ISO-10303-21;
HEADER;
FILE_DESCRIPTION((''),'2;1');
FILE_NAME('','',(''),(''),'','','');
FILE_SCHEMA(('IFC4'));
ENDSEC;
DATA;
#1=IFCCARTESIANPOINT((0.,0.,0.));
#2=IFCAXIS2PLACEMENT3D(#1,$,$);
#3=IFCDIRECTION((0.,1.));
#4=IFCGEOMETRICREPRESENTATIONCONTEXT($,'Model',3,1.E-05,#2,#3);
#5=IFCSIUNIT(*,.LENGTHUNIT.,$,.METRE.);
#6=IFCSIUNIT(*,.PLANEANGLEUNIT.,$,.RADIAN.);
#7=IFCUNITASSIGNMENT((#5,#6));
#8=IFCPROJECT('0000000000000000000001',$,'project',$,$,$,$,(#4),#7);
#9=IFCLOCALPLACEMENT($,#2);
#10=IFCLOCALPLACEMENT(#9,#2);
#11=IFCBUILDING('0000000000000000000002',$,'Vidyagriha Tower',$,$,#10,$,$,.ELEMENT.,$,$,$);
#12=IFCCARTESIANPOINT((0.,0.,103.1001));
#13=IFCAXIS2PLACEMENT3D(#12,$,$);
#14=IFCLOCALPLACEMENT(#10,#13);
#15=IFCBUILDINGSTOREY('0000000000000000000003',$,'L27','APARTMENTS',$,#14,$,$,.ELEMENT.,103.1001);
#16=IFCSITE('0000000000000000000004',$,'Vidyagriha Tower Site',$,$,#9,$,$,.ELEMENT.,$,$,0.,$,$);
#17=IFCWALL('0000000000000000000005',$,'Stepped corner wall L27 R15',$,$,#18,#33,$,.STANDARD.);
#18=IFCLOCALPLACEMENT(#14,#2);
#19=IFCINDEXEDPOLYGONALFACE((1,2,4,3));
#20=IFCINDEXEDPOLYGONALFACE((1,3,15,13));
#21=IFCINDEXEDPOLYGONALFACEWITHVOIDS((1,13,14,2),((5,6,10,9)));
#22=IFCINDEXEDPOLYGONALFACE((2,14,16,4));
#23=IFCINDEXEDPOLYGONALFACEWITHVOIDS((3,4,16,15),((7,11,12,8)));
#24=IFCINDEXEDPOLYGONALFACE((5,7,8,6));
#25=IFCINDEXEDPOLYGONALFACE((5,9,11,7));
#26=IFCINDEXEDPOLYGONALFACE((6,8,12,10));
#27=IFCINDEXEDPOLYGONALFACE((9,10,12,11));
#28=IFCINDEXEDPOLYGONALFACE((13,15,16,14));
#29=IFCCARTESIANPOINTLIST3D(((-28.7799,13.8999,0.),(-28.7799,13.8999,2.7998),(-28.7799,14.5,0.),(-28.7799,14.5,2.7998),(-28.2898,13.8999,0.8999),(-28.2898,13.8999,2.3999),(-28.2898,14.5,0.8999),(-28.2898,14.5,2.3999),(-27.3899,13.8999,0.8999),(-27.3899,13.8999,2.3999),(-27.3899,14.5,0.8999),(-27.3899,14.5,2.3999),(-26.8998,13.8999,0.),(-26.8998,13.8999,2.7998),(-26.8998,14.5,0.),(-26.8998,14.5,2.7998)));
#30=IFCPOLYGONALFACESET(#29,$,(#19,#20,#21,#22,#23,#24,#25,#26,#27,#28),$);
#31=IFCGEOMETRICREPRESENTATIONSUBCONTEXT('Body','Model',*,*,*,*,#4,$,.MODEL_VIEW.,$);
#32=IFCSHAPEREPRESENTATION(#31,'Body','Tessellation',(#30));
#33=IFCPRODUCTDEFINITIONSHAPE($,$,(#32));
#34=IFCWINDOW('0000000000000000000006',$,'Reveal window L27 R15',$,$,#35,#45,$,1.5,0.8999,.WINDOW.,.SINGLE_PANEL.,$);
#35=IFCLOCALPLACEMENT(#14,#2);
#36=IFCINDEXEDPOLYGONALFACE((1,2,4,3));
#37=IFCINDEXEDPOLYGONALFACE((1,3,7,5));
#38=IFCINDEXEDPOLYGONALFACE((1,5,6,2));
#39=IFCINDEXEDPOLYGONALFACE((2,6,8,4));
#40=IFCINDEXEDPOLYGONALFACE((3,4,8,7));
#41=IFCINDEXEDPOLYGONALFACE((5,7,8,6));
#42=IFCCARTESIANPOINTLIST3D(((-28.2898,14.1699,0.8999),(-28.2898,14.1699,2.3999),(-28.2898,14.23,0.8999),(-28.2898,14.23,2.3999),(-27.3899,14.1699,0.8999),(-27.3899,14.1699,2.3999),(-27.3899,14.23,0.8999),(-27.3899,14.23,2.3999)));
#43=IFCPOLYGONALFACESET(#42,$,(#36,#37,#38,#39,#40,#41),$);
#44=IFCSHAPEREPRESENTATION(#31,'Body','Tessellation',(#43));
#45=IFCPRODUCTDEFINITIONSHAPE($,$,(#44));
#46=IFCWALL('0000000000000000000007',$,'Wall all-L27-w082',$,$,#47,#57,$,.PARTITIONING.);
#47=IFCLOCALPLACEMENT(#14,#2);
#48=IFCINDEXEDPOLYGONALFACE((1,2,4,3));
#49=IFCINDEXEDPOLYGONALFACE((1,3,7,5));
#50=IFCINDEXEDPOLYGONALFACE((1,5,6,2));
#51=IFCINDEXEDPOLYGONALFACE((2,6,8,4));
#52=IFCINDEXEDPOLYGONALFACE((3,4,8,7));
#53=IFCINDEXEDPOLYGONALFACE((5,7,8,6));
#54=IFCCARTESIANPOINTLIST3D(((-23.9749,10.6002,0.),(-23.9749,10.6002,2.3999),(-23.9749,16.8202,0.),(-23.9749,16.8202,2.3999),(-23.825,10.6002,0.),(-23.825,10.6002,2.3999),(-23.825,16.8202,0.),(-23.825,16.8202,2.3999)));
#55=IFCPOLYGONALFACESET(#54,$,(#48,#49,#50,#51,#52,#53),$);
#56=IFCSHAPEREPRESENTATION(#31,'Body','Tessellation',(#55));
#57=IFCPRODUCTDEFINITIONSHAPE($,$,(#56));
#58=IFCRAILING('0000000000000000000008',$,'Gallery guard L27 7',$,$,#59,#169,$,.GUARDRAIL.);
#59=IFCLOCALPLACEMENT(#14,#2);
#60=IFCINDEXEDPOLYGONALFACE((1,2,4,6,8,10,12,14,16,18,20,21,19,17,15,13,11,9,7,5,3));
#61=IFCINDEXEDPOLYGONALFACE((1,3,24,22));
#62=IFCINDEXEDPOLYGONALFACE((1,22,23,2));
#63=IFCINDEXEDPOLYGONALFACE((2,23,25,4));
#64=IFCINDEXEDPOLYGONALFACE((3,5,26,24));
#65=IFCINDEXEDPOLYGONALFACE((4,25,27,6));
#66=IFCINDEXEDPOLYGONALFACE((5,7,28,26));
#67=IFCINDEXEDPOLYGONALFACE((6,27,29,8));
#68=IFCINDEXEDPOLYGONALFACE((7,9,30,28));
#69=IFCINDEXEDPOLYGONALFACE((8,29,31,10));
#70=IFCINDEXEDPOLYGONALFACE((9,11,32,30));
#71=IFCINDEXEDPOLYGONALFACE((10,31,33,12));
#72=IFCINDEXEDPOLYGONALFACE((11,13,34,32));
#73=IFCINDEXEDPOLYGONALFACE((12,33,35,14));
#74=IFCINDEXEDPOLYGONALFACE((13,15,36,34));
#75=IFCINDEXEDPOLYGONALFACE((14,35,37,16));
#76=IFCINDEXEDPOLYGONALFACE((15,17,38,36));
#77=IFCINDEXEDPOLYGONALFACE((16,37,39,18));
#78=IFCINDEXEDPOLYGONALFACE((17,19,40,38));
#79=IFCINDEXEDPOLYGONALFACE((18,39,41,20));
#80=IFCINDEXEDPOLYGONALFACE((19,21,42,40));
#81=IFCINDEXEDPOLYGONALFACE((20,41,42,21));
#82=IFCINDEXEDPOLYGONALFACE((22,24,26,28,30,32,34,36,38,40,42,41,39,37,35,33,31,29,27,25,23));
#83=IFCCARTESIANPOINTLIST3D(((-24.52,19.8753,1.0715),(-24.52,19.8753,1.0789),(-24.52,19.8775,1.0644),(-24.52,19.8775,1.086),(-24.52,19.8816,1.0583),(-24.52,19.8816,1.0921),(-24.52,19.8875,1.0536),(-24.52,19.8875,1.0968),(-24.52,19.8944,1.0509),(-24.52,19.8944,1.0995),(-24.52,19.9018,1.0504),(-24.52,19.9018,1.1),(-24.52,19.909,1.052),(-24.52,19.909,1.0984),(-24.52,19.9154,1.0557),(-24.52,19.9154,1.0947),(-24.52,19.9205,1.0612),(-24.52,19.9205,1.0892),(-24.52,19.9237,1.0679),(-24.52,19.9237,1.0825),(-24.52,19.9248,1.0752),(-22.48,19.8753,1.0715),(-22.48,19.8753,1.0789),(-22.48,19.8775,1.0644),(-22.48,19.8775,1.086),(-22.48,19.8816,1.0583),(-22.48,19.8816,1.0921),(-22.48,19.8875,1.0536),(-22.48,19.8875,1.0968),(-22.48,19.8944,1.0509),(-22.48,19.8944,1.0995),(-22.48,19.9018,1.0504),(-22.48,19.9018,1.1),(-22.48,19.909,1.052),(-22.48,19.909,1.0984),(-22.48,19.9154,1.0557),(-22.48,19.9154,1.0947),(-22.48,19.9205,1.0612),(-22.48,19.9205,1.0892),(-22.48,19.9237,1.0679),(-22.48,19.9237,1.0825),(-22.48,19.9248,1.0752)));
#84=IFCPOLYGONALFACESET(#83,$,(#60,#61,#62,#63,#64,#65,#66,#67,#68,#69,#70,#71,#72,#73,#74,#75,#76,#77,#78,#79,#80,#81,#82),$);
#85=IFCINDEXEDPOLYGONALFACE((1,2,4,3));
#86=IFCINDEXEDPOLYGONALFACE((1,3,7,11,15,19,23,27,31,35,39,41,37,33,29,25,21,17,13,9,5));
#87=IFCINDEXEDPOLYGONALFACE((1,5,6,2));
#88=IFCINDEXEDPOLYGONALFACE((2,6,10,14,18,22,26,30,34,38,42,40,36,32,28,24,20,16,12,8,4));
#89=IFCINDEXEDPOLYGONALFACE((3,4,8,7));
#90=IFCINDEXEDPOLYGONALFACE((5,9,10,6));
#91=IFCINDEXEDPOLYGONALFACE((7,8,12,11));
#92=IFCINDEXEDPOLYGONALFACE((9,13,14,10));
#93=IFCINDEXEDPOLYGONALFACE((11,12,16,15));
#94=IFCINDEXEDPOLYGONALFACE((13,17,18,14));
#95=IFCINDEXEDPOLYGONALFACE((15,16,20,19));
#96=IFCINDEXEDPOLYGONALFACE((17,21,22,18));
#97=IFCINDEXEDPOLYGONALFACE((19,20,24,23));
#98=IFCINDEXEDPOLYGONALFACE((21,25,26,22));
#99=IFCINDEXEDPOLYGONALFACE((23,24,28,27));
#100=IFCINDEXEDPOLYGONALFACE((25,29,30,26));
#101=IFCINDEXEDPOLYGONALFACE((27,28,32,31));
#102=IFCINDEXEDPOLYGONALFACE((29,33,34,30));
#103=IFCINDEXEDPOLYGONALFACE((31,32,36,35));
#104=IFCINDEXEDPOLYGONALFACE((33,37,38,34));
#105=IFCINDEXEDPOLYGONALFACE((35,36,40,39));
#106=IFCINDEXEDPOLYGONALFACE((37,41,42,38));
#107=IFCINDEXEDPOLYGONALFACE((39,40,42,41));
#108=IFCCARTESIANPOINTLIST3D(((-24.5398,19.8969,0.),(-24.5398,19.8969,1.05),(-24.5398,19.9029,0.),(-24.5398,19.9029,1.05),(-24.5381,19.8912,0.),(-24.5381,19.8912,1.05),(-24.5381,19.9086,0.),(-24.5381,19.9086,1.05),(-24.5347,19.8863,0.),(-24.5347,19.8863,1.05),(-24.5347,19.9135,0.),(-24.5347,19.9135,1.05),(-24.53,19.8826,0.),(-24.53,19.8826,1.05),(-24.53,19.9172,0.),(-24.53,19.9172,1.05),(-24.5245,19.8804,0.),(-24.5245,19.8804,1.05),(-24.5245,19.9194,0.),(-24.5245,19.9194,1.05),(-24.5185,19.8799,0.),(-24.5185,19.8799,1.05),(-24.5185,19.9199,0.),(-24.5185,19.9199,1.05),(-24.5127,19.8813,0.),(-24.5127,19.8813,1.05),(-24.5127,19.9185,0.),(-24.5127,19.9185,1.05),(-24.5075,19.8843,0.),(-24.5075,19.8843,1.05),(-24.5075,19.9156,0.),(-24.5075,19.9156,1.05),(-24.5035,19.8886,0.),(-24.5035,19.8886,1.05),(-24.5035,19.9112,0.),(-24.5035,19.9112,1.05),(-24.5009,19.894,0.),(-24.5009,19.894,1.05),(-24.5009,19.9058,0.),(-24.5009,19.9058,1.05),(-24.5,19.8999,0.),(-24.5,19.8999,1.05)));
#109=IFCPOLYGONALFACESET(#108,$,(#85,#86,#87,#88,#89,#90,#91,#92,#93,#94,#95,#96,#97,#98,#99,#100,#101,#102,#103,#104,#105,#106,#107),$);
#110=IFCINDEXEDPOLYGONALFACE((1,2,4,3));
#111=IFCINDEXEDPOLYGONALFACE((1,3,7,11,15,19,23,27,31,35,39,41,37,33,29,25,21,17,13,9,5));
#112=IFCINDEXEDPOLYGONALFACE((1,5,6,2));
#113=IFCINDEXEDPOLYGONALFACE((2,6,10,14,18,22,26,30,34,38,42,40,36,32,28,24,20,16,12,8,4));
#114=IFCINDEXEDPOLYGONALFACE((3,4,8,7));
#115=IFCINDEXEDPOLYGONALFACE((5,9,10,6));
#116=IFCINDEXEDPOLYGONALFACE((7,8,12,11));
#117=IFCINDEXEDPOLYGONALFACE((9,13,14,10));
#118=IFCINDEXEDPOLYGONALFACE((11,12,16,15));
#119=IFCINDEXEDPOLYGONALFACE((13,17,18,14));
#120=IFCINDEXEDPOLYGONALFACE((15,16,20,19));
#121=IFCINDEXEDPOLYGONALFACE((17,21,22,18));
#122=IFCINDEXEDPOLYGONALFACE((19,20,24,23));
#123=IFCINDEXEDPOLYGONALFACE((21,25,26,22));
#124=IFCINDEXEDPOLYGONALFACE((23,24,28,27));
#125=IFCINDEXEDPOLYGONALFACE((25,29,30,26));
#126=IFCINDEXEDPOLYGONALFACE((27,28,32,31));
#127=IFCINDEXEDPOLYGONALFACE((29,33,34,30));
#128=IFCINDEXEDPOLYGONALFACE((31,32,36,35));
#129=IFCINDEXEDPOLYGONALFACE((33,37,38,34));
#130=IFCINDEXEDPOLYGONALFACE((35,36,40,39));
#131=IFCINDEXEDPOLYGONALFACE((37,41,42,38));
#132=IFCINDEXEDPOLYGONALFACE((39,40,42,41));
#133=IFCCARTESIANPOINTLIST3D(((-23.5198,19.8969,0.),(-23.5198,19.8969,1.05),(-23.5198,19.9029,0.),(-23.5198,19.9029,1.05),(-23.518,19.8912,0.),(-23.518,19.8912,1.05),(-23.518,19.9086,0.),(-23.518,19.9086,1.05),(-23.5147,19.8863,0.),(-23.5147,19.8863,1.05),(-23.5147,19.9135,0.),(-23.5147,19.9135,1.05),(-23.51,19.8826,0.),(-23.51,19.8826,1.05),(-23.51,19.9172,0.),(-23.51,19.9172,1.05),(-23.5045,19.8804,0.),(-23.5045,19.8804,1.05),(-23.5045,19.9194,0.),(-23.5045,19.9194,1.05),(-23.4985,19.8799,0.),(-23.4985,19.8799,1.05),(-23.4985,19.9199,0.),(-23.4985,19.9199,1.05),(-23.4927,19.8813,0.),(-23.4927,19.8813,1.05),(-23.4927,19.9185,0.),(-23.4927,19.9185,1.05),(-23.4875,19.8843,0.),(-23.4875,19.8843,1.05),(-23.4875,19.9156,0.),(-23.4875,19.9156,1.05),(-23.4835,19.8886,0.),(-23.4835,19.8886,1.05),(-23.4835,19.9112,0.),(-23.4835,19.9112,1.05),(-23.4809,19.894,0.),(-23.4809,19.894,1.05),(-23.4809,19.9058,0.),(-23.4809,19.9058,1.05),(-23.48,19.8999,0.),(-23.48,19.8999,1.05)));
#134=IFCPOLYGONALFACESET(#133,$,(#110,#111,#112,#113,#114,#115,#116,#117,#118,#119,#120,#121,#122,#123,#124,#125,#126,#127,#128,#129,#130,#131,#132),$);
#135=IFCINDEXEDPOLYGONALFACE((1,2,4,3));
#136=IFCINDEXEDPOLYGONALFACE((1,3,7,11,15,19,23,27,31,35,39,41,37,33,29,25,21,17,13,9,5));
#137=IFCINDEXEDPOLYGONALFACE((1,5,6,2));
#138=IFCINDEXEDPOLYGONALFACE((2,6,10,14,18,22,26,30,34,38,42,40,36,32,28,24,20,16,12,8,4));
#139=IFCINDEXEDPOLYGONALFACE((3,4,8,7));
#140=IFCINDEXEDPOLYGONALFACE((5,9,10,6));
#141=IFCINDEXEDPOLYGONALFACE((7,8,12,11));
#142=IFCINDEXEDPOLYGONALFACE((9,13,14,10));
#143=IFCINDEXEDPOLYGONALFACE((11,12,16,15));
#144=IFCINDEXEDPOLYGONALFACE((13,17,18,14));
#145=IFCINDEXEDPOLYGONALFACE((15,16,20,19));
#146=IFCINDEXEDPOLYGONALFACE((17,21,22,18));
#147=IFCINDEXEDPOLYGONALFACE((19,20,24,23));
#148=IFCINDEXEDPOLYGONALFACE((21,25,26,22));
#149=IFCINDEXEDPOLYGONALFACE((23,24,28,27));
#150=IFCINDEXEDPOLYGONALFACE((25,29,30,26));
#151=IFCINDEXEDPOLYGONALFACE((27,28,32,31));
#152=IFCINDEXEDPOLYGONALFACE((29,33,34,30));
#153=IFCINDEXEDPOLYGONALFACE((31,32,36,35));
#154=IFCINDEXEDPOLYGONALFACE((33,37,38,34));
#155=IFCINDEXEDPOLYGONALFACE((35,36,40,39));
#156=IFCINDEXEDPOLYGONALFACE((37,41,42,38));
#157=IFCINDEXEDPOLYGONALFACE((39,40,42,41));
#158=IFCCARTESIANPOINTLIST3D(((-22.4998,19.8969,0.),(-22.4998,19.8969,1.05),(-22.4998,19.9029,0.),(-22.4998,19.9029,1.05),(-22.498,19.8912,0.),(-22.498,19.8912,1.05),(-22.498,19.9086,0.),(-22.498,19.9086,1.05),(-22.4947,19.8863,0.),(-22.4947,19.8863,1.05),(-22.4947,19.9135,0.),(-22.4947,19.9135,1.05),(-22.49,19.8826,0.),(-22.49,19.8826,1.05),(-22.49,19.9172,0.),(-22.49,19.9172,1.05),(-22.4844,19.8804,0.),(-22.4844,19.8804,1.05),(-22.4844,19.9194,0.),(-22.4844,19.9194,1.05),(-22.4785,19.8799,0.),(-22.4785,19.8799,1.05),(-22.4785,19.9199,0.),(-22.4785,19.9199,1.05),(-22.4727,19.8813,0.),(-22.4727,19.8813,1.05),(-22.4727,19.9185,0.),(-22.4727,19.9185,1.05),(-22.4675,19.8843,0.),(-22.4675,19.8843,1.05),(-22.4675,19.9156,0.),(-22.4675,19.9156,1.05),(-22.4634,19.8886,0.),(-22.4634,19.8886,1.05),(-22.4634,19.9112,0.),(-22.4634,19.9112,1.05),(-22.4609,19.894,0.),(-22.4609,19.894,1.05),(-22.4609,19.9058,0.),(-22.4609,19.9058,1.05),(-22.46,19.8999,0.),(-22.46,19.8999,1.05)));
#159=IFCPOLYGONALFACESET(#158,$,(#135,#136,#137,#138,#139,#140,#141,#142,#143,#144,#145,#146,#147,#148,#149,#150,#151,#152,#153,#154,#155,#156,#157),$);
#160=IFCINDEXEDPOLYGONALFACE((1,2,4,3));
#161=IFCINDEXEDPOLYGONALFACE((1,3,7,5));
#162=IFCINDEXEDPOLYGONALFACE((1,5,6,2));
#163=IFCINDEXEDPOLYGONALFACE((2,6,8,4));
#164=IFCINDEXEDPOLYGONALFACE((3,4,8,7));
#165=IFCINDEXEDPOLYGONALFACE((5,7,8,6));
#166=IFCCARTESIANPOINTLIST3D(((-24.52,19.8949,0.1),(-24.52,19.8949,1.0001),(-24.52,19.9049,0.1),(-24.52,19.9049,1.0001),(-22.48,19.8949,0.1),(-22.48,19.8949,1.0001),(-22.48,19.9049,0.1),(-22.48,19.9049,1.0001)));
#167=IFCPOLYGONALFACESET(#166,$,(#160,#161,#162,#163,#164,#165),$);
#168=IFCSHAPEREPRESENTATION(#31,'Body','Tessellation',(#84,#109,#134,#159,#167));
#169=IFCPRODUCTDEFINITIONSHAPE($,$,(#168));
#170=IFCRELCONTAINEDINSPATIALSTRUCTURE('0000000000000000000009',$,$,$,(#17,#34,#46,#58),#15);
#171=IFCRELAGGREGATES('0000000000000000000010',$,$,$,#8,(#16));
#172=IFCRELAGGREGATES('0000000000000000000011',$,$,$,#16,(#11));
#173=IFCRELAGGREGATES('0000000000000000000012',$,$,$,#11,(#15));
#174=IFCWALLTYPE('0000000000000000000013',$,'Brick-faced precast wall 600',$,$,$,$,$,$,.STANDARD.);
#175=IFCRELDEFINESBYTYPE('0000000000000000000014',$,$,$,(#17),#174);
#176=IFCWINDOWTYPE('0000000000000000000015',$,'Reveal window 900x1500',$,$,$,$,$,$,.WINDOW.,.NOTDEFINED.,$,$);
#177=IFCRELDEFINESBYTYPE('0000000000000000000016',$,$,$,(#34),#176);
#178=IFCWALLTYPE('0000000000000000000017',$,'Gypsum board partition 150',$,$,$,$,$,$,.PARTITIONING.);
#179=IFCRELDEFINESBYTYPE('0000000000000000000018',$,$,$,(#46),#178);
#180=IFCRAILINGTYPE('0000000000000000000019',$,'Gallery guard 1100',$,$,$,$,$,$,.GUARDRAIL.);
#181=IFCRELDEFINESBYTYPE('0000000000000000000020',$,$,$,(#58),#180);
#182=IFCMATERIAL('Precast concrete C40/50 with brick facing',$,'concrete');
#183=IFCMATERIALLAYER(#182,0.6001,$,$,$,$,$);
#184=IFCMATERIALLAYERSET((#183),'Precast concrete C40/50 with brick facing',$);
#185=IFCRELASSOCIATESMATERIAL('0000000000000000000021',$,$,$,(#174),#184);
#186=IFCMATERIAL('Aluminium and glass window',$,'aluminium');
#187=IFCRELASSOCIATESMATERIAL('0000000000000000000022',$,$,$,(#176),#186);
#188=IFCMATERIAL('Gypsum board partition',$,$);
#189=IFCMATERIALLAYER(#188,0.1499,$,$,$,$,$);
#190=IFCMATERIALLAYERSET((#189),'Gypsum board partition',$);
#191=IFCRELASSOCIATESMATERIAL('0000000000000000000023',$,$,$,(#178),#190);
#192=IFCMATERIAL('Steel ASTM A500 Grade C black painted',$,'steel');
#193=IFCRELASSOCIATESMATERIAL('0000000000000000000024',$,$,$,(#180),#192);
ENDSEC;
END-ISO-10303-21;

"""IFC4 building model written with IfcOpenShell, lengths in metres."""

from ifc_helpers import new_model, si_unit, direction, frame, frame_2d, origin, origin_2d, place, context, subcontext, project, spatial, rectangle, circle, extrude, material, layer, layer_set, type_object, element, fill, save


model = new_model("IFC4")

# Units and contexts
model_context = context("Model", 3, precision=1e-05, world=origin(), true_north=direction((0.0, 1.0)))
body_context = subcontext(model_context, "Body", "Model", "MODEL_VIEW")
ifc_project = project(units=[si_unit("LENGTHUNIT", "METRE"), si_unit("PLANEANGLEUNIT", "RADIAN")], contexts=[model_context])

# Site, building, storey
site_placement = place(None, origin())
site = spatial("IfcSite", under=ifc_project, at=site_placement, Name="Vidyagriha Tower Site", CompositionType="ELEMENT", RefElevation=0.0)
building_placement = place(site_placement, origin())
building = spatial("IfcBuilding", under=site, at=building_placement, Name="Vidyagriha Tower", CompositionType="ELEMENT")
storey_placement = place(building_placement, frame((0.0, 0.0, 103.1001)))
storey = spatial("IfcBuildingStorey", under=building, at=storey_placement, Name="L27", Description="APARTMENTS", CompositionType="ELEMENT", Elevation=103.1001)

# Shared definitions
ifc_material_1 = material(Name="Precast concrete C40/50 with brick facing", Category="concrete")
ifc_layer_1 = layer(ifc_material_1, 0.6001)
ifc_layer_set_1 = layer_set([ifc_layer_1], Name="Precast concrete C40/50 with brick facing")
wall_type_1 = type_object("IfcWallType", Name="Brick-faced precast wall 600", PredefinedType="STANDARD", material=ifc_layer_set_1)

# Shared definitions
ifc_material_2 = material(Name="Aluminium and glass window", Category="aluminium")
window_type = type_object("IfcWindowType", Name="Reveal window 900x1500", PartitioningType="NOTDEFINED", PredefinedType="WINDOW", material=ifc_material_2)

# Wall, opening, window
wall_1_placement = place(storey_placement, frame((-26.8999, 14.2, 0.0), z_axis=(0.0, 0.0, 1.0), x_axis=(-1.0, 0.0, 0.0)))
wall_1 = element("IfcWall", 1, at=wall_1_placement, inside=storey, type_object=wall_type_1, Name="Stepped corner wall L27 R15", PredefinedType="STANDARD", context=body_context, shape_type="SweptSolid", body=[
    extrude(rectangle(XDim=1.8801, YDim=0.6001, at=frame_2d((0.9399, 0.0))), origin(), (0.0, 0.0, 1.0), 2.7998),
])
opening_1_placement = place(wall_1_placement, frame((0.49, 0.0, 0.8999)))
opening_1 = element("IfcOpeningElement", 2, at=opening_1_placement, cuts=wall_1, PredefinedType="OPENING", context=body_context, shape_type="SweptSolid", body=[
    extrude(rectangle(XDim=0.8999, YDim=1.5, at=frame_2d((0.45, 0.75))), frame((0.0, 0.3101, 0.0), z_axis=(0.0, -1.0, 0.0), x_axis=(1.0, 0.0, 0.0)), (0.0, 0.0, 1.0), 0.6201),
])
window_1_placement = place(opening_1_placement, origin())
window_1 = element("IfcWindow", 3, at=window_1_placement, inside=storey, type_object=window_type, Name="Reveal window L27 R15", OverallHeight=1.5, OverallWidth=0.8999, PartitioningType="SINGLE_PANEL", PredefinedType="WINDOW", context=body_context, shape_type="SweptSolid", body=[
    extrude(rectangle(XDim=0.8999, YDim=1.5, at=frame_2d((0.45, 0.75))), frame((0.0, 0.03, 0.0), z_axis=(0.0, -1.0, 0.0), x_axis=(1.0, 0.0, 0.0)), (0.0, 0.0, 1.0), 0.0601),
])
fill(opening_1, window_1)

# Wall
ifc_material_3 = material(Name="Gypsum board partition")
ifc_layer_2 = layer(ifc_material_3, 0.1499)
ifc_layer_set_2 = layer_set([ifc_layer_2], Name="Gypsum board partition")
wall_type_2 = type_object("IfcWallType", Name="Gypsum board partition 150", PredefinedType="PARTITIONING", material=ifc_layer_set_2)
wall_2_placement = place(storey_placement, frame((-23.8999, 16.8201, 0.0), z_axis=(0.0, 0.0, 1.0), x_axis=(0.0, -1.0, 0.0)))
element("IfcWall", 4, at=wall_2_placement, inside=storey, type_object=wall_type_2, Name="Wall all-L27-w082", PredefinedType="PARTITIONING", context=body_context, shape_type="SweptSolid", body=[
    extrude(rectangle(XDim=6.22, YDim=0.1499, at=frame_2d((3.1099, 0.0))), origin(), (0.0, 0.0, 1.0), 2.3999),
])

# Railing
ifc_material_4 = material(Name="Steel ASTM A500 Grade C black painted", Category="steel")
railing_type = type_object("IfcRailingType", Name="Gallery guard 1100", PredefinedType="GUARDRAIL", material=ifc_material_4)
railing_1_placement = place(storey_placement, frame((-24.52, 19.8999, 0.0)))
element("IfcRailing", 5, at=railing_1_placement, inside=storey, type_object=railing_type, Name="Gallery guard L27 7", PredefinedType="GUARDRAIL", context=body_context, shape_type="SweptSolid", body=[
    extrude(circle(Radius=0.0249, at=origin_2d()), frame((0.0, 0.0, 1.0752), z_axis=(1.0, 0.0, 0.0), x_axis=(0.0, 1.0, 0.0)), (0.0, 0.0, 1.0), 2.04),
    extrude(circle(Radius=0.02, at=origin_2d()), origin(), (0.0, 0.0, 1.0), 1.05),
    extrude(circle(Radius=0.02, at=origin_2d()), frame((1.02, 0.0, 0.0)), (0.0, 0.0, 1.0), 1.05),
    extrude(circle(Radius=0.02, at=origin_2d()), frame((2.04, 0.0, 0.0)), (0.0, 0.0, 1.0), 1.05),
    extrude(rectangle(XDim=0.01, YDim=0.9001, at=origin_2d()), frame((0.0, 0.0, 0.55), z_axis=(1.0, 0.0, 0.0), x_axis=(0.0, 1.0, 0.0)), (0.0, 0.0, 1.0), 2.04),
])

save(model, "model.ifc")
